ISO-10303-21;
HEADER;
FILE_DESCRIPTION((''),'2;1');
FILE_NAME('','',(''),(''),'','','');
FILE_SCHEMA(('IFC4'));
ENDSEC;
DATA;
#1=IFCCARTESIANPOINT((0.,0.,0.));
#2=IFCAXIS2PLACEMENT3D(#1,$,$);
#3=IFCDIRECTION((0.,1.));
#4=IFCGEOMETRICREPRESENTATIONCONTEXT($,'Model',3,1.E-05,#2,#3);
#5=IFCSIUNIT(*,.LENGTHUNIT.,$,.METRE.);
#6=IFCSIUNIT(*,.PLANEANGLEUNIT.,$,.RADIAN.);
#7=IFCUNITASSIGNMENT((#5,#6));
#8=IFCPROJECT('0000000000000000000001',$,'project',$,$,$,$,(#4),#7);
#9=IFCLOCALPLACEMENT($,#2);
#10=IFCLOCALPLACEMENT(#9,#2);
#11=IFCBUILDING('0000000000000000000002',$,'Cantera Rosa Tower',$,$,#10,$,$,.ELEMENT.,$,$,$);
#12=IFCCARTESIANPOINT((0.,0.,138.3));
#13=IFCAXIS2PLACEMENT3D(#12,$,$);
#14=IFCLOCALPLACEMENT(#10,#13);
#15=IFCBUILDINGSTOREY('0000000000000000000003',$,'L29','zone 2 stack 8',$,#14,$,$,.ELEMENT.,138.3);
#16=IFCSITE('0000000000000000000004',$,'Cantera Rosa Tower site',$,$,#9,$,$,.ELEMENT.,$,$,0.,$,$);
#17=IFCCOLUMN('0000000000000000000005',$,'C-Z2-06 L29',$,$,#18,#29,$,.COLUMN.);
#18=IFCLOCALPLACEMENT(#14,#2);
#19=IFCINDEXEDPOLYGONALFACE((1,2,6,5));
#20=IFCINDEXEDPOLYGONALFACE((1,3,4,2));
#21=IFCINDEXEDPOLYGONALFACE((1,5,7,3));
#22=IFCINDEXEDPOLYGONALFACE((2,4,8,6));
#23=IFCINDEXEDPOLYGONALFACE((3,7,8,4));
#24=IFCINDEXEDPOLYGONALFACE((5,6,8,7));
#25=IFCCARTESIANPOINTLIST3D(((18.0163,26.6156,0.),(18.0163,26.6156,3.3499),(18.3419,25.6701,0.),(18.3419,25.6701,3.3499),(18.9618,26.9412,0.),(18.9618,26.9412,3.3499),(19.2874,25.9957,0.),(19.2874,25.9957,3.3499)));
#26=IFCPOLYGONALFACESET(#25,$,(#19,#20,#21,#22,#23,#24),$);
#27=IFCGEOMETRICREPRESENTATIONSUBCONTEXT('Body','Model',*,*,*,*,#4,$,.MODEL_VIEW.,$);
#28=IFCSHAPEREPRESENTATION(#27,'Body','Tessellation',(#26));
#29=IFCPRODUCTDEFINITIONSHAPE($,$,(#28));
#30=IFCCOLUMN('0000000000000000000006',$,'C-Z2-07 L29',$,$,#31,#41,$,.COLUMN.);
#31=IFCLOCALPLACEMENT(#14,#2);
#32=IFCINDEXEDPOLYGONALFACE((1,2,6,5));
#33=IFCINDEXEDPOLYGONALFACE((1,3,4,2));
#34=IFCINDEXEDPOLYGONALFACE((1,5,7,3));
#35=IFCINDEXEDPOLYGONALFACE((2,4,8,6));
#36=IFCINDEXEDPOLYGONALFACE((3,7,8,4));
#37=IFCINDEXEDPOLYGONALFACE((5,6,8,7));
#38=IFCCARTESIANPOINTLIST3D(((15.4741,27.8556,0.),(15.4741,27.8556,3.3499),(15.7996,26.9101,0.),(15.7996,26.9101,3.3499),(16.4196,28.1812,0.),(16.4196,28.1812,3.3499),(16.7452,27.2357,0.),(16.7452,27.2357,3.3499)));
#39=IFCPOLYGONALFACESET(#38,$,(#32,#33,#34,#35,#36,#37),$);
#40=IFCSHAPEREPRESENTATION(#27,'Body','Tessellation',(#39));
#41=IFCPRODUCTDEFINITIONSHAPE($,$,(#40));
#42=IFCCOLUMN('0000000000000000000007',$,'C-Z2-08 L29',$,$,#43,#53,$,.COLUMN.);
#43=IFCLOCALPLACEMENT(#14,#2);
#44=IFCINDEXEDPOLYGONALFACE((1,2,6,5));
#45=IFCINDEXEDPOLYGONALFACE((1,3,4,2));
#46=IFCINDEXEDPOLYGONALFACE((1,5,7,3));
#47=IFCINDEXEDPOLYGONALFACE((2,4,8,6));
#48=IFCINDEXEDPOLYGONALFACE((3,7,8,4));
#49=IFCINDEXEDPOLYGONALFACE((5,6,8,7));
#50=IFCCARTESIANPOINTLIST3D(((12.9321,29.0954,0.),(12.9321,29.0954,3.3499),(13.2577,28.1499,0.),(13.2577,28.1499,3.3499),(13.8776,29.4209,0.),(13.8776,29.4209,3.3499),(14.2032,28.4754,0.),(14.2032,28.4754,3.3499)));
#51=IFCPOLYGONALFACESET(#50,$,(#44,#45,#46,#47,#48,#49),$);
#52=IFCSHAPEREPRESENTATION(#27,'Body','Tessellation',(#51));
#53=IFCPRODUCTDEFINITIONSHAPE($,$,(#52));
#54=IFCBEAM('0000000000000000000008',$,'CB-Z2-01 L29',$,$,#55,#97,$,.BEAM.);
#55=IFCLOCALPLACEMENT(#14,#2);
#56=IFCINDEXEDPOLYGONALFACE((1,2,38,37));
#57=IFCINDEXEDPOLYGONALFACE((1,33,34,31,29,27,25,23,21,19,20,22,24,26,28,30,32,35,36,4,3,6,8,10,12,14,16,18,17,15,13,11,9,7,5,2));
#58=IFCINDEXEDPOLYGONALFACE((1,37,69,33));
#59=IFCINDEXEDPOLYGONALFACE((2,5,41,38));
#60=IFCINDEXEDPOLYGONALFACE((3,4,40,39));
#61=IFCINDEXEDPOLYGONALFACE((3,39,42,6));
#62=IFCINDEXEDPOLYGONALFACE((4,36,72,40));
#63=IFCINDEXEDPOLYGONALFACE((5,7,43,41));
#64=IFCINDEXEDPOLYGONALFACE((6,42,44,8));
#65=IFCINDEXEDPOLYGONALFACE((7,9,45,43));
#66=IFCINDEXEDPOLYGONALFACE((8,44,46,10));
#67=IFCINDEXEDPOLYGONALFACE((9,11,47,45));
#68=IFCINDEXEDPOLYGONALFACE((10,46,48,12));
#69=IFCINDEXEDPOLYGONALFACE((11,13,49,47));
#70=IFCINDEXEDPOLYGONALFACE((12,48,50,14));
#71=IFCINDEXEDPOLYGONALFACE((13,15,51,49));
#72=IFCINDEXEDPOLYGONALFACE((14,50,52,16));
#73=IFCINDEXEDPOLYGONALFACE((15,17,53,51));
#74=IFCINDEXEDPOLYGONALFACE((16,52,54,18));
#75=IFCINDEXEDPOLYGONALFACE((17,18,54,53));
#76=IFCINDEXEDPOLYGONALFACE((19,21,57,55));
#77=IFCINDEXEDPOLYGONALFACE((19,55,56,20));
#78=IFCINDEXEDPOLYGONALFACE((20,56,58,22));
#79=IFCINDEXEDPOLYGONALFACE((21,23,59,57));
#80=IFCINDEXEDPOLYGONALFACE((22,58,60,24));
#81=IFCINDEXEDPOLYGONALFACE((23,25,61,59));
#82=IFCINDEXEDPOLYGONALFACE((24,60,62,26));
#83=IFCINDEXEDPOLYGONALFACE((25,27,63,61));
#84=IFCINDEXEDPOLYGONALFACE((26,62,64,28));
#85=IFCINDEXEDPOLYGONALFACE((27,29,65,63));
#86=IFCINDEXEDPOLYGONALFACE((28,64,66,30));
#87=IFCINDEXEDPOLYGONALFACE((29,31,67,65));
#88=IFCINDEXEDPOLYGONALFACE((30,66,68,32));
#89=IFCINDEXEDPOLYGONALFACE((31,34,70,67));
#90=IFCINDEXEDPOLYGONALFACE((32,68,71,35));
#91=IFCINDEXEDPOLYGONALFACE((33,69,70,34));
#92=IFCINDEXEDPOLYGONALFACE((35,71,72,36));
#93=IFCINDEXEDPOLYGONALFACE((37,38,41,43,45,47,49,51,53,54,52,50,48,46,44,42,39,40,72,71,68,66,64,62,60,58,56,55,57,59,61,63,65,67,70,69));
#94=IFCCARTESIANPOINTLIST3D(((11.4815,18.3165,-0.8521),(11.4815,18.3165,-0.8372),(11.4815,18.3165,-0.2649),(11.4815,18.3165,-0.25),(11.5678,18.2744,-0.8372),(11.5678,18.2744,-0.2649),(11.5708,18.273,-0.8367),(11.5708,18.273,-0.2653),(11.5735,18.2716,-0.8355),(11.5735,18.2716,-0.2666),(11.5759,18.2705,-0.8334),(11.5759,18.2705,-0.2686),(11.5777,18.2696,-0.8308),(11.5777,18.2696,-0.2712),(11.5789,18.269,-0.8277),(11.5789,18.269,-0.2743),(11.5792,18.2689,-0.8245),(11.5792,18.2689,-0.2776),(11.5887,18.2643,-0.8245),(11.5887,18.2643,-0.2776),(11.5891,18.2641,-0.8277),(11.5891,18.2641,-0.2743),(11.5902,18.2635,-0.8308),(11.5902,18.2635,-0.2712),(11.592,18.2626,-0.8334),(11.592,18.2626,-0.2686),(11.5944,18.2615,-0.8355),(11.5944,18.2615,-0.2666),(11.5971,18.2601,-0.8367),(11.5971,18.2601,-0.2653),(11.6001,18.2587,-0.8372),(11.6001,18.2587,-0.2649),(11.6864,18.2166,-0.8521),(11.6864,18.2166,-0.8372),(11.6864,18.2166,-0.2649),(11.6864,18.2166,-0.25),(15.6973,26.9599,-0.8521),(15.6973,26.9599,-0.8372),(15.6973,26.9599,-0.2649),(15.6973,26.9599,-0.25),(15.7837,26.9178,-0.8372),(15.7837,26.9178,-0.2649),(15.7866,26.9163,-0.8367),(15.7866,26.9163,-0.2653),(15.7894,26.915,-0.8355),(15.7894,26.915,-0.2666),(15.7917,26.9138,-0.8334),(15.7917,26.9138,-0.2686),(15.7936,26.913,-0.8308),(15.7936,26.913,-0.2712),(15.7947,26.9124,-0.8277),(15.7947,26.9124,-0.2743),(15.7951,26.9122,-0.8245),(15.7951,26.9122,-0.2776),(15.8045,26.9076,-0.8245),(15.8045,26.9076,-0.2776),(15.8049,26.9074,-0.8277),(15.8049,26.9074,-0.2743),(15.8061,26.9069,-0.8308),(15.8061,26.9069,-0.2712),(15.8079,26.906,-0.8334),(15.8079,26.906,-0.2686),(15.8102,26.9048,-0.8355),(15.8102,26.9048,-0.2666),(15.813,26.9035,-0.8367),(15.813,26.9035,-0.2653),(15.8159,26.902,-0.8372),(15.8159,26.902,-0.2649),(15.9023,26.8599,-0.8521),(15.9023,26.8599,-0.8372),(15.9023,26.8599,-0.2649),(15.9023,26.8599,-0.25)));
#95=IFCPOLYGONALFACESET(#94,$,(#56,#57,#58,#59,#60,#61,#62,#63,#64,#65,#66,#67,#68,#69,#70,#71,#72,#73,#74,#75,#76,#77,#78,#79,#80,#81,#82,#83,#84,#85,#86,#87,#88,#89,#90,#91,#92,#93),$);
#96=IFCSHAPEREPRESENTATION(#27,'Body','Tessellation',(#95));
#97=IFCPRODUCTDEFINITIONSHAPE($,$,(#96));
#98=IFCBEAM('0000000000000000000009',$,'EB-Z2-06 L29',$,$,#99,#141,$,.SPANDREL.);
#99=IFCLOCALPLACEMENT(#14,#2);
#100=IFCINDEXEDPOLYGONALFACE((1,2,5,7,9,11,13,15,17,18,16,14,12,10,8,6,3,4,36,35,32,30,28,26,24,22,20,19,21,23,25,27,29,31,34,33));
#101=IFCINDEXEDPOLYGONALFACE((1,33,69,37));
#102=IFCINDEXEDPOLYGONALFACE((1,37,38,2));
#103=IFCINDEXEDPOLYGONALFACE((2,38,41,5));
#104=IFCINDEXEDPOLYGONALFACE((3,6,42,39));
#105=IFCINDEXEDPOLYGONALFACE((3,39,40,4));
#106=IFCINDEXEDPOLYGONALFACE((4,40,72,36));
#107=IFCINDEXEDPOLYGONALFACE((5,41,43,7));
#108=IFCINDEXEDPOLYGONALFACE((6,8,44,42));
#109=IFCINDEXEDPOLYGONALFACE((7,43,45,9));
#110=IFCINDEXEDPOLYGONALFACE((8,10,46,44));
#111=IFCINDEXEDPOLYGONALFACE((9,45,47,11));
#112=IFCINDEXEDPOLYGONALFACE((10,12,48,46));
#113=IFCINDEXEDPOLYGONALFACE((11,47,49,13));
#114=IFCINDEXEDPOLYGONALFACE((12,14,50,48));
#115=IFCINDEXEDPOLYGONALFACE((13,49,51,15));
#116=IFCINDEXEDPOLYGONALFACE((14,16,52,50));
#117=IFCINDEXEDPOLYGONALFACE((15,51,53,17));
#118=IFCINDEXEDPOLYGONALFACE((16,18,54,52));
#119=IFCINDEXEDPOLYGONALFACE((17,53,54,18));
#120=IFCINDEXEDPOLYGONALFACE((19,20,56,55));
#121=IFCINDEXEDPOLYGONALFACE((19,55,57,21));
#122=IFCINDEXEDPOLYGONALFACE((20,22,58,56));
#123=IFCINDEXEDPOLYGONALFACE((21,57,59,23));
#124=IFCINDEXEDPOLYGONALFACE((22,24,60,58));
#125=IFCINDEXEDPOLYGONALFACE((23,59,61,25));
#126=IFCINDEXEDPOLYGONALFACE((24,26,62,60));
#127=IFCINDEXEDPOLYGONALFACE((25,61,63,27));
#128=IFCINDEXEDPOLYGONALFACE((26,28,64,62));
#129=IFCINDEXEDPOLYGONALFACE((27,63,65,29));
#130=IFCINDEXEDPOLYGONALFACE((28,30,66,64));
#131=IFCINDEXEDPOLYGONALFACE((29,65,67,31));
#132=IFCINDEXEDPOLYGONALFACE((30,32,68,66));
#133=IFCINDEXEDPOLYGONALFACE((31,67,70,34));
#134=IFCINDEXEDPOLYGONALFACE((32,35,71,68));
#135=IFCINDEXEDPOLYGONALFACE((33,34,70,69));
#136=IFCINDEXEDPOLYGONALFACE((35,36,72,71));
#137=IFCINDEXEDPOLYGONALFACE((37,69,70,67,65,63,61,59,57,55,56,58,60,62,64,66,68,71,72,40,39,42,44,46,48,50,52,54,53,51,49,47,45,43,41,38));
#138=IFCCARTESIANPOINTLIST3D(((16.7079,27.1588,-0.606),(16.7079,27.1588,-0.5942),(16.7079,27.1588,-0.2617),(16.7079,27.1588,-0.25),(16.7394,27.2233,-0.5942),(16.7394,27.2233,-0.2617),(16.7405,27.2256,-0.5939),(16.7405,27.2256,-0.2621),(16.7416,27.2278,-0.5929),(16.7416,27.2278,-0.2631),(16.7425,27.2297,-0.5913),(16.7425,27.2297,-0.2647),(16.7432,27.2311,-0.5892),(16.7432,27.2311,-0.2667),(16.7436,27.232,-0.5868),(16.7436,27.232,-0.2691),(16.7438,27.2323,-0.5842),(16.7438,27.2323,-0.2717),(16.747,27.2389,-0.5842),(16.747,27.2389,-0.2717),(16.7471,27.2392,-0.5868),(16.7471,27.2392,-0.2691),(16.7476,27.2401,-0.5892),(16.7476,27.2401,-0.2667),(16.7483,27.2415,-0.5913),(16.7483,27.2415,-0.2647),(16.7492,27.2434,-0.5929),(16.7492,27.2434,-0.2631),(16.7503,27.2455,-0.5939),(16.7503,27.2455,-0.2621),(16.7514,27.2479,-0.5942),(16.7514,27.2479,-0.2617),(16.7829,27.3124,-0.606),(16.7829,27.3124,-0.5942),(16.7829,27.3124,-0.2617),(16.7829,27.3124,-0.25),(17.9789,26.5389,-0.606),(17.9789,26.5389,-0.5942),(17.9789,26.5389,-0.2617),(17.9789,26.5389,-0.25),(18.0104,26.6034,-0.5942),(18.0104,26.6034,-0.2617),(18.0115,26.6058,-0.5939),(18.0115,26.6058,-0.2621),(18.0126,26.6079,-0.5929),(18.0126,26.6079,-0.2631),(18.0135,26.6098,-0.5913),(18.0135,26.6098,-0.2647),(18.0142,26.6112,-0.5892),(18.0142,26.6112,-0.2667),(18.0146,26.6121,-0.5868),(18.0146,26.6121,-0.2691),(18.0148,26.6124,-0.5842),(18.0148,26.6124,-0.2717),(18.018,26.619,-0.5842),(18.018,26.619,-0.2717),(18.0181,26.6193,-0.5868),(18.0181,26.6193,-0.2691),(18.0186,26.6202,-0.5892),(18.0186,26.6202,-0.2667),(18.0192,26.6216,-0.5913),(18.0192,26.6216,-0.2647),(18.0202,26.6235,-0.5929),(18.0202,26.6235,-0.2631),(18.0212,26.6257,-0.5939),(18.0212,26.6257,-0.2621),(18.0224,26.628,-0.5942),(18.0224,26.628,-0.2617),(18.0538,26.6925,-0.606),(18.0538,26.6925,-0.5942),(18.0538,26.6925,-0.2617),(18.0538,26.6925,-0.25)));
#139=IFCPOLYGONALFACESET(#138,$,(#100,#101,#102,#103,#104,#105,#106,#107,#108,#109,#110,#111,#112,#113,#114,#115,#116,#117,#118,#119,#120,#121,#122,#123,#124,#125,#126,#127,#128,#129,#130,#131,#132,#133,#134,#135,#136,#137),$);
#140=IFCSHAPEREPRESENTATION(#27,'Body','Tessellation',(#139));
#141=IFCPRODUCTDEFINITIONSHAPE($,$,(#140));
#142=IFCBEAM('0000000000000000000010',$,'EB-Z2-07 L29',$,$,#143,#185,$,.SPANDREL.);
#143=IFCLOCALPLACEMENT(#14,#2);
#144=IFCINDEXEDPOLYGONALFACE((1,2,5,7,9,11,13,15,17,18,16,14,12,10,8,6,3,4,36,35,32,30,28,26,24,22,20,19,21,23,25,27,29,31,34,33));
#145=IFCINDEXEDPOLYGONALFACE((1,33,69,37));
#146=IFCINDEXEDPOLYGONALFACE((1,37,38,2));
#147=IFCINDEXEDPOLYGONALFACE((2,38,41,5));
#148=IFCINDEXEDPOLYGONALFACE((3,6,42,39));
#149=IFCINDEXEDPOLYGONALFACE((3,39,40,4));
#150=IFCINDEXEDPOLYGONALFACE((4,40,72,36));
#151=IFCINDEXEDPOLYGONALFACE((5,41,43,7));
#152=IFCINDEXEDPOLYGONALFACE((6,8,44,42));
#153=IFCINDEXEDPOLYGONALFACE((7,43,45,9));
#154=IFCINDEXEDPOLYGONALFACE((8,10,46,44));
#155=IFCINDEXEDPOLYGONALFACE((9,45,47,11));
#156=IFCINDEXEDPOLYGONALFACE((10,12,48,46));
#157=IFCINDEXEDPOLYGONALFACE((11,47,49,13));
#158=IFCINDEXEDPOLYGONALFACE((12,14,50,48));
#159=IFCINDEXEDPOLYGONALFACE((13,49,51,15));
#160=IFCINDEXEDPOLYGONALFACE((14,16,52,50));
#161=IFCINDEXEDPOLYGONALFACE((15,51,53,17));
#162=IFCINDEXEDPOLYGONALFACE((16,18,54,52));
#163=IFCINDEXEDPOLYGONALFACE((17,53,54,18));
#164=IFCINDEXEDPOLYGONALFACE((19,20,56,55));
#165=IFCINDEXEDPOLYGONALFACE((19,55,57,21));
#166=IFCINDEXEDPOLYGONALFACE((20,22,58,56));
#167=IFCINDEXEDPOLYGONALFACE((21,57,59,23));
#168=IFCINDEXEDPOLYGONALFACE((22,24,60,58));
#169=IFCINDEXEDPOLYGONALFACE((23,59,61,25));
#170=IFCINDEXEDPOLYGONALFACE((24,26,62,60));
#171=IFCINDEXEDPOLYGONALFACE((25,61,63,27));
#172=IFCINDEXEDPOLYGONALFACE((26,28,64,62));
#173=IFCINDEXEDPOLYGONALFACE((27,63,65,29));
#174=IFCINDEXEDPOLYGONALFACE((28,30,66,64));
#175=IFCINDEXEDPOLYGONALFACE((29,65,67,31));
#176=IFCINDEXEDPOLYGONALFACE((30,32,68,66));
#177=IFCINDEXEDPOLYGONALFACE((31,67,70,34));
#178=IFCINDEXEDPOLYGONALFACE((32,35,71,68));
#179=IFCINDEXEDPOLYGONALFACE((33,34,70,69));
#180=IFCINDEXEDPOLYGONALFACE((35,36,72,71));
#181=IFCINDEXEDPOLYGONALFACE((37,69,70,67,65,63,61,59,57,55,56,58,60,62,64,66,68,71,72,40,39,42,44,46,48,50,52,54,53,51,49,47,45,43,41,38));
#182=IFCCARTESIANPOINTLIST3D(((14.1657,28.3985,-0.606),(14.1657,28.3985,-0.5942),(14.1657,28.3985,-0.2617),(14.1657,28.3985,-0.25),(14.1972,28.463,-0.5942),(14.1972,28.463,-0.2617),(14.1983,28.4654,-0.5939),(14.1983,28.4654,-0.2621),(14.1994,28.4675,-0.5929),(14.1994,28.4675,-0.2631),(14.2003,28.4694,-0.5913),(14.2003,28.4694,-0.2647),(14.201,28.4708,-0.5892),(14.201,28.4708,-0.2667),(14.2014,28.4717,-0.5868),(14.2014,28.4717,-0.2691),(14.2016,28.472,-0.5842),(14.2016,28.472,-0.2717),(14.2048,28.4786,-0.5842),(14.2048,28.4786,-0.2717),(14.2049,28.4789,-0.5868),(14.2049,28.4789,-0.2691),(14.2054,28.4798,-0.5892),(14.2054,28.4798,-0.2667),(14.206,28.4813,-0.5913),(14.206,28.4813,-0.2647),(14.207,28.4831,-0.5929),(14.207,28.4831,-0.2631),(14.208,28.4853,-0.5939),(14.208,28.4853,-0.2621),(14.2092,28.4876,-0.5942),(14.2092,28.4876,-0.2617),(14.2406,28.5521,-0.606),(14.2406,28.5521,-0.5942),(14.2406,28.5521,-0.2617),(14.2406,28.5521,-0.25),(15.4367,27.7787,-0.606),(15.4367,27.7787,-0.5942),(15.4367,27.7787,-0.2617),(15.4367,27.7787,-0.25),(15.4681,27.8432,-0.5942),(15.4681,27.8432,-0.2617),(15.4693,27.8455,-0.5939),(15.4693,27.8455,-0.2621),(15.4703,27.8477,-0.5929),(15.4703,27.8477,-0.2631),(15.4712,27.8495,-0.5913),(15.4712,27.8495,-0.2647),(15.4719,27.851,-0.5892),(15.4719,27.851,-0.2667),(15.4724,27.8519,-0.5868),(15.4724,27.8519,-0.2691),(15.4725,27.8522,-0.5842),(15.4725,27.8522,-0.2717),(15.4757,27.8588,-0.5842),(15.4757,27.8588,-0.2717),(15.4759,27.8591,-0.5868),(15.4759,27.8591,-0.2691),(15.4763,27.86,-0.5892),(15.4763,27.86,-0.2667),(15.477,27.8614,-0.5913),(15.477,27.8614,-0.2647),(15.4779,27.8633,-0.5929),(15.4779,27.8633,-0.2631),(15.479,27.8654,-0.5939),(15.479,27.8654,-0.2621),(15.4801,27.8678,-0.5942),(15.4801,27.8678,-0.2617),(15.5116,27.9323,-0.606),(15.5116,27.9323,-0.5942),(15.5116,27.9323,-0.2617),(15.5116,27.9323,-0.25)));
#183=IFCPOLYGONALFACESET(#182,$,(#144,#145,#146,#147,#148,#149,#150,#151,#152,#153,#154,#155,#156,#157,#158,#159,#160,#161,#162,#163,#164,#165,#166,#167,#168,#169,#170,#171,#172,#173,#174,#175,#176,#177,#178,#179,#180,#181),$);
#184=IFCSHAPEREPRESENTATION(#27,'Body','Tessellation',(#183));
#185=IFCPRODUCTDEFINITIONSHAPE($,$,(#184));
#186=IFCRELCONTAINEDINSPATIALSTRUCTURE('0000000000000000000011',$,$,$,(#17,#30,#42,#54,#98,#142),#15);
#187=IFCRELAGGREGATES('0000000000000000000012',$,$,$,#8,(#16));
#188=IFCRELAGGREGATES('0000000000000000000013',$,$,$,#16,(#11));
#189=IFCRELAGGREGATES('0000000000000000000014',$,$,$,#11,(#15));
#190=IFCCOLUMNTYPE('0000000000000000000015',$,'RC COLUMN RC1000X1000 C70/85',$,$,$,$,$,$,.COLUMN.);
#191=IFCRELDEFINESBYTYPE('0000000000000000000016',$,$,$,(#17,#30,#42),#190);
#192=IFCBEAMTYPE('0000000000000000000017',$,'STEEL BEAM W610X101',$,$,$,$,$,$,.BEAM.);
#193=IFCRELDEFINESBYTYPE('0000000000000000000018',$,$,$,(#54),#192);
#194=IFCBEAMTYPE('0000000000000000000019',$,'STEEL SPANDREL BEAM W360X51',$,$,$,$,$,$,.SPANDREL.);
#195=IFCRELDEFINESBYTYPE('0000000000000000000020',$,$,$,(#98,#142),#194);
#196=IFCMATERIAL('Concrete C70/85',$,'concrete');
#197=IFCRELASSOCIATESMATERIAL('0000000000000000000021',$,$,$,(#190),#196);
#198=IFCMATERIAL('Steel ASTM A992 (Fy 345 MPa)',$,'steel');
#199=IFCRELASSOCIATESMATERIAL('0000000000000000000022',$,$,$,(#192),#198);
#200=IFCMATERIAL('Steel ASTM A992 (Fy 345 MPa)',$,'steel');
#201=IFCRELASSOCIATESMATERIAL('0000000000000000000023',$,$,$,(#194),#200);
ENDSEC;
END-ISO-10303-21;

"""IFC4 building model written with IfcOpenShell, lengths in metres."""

from ifc_helpers import new_model, si_unit, direction, frame, origin, origin_2d, place, context, subcontext, project, spatial, rectangle, i_section, extrude, material, material_profile, profile_set, type_object, element, save


model = new_model("IFC4")

# Units and contexts
model_context = context("Model", 3, precision=1e-05, world=origin(), true_north=direction((0.0, 1.0)))
body_context = subcontext(model_context, "Body", "Model", "MODEL_VIEW")
ifc_project = project(units=[si_unit("LENGTHUNIT", "METRE"), si_unit("PLANEANGLEUNIT", "RADIAN")], contexts=[model_context])

# Site, building, storey
site_placement = place(None, origin())
site = spatial("IfcSite", under=ifc_project, at=site_placement, Name="Cantera Rosa Tower site", CompositionType="ELEMENT", RefElevation=0.0)
building_placement = place(site_placement, origin())
building = spatial("IfcBuilding", under=site, at=building_placement, Name="Cantera Rosa Tower", CompositionType="ELEMENT")
storey_placement = place(building_placement, frame((0.0, 0.0, 138.3)))
storey = spatial("IfcBuildingStorey", under=building, at=storey_placement, Name="L29", Description="zone 2 stack 8", CompositionType="ELEMENT", Elevation=138.3)

# Columns
ifc_material_1 = material(Name="Concrete C70/85", Category="concrete")
ifc_material_profile_1 = material_profile(ifc_material_1, rectangle(XDim=1.0, YDim=1.0, at=origin_2d()), Name="RC COLUMN RC1000X1000 C70/85")
ifc_profile_set_1 = profile_set([ifc_material_profile_1], Name="Concrete C70/85")
column_type = type_object("IfcColumnType", Name="RC COLUMN RC1000X1000 C70/85", PredefinedType="COLUMN", material=ifc_profile_set_1)
for number, where, z_axis, x_axis, name in (
    (1, (18.6519, 26.3057, 0.0), (0.0, 0.0, 1.0), (0.945519, 0.325568, 0.0), "C-Z2-06 L29"),
    (2, (16.1096, 27.5457, 0.0), (0.0, 0.0, 1.0), (0.945519, 0.325568, 0.0), "C-Z2-07 L29"),
    (3, (13.5676, 28.7854, 0.0), (0.0, 0.0, 1.0), (0.945519, 0.325568, 0.0), "C-Z2-08 L29"),
):
    element("IfcColumn", number, at=place(storey_placement, frame(where, z_axis=z_axis, x_axis=x_axis)), inside=storey, type_object=column_type, Name=name, PredefinedType="COLUMN", context=body_context, shape_type="SweptSolid", body=[
        extrude(rectangle(XDim=1.0, YDim=1.0, at=origin_2d()), origin(), (0.0, 0.0, 1.0), 3.3499),
    ])

# Beams
ifc_material_2 = material(Name="Steel ASTM A992 (Fy 345 MPa)", Category="steel")
ifc_material_profile_2 = material_profile(ifc_material_2, i_section(OverallWidth=0.228, OverallDepth=0.6021, WebThickness=0.0105, FlangeThickness=0.0149, FilletRadius=0.0127, at=origin_2d()), Name="W610X101")
ifc_profile_set_2 = profile_set([ifc_material_profile_2], Name="Steel ASTM A992 (Fy 345 MPa)")
beam_type_1 = type_object("IfcBeamType", Name="STEEL BEAM W610X101", PredefinedType="BEAM", material=ifc_profile_set_2)
beam_1_placement = place(storey_placement, frame((15.7998, 26.9099, -0.551), z_axis=(-0.438388, -0.898786, 0.0), x_axis=(0.898786, -0.438388, 0.0)))
element("IfcBeam", 4, at=beam_1_placement, inside=storey, type_object=beam_type_1, Name="CB-Z2-01 L29", PredefinedType="BEAM", context=body_context, shape_type="SweptSolid", body=[
    extrude(i_section(OverallWidth=0.228, OverallDepth=0.6021, WebThickness=0.0105, FlangeThickness=0.0149, FilletRadius=0.0127, at=origin_2d()), origin(), (0.0, 0.0, 1.0), 9.6167),
])
ifc_material_3 = material(Name="Steel ASTM A992 (Fy 345 MPa)", Category="steel")
ifc_material_profile_3 = material_profile(ifc_material_3, i_section(OverallWidth=0.1709, OverallDepth=0.356, WebThickness=0.0073, FlangeThickness=0.0117, FilletRadius=0.01, at=origin_2d()), Name="W360X51")
ifc_profile_set_3 = profile_set([ifc_material_profile_3], Name="Steel ASTM A992 (Fy 345 MPa)")
beam_type_2 = type_object("IfcBeamType", Name="STEEL SPANDREL BEAM W360X51", PredefinedType="SPANDREL", material=ifc_profile_set_3)
for number, where, z_axis, x_axis, name in (
    (5, (18.0164, 26.6157, -0.428), (-0.898803, 0.438352, 0.0), (-0.438352, -0.898803, 0.0), "EB-Z2-06 L29"),
    (6, (15.4741, 27.8555, -0.428), (-0.898803, 0.438352, 0.0), (-0.438352, -0.898803, 0.0), "EB-Z2-07 L29"),
):
    element("IfcBeam", number, at=place(storey_placement, frame(where, z_axis=z_axis, x_axis=x_axis)), inside=storey, type_object=beam_type_2, Name=name, PredefinedType="SPANDREL", context=body_context, shape_type="SweptSolid", body=[
        extrude(i_section(OverallWidth=0.1709, OverallDepth=0.356, WebThickness=0.0073, FlangeThickness=0.0117, FilletRadius=0.01, at=origin_2d()), origin(), (0.0, 0.0, 1.0), 1.4141),
    ])

save(model, "model.ifc")
